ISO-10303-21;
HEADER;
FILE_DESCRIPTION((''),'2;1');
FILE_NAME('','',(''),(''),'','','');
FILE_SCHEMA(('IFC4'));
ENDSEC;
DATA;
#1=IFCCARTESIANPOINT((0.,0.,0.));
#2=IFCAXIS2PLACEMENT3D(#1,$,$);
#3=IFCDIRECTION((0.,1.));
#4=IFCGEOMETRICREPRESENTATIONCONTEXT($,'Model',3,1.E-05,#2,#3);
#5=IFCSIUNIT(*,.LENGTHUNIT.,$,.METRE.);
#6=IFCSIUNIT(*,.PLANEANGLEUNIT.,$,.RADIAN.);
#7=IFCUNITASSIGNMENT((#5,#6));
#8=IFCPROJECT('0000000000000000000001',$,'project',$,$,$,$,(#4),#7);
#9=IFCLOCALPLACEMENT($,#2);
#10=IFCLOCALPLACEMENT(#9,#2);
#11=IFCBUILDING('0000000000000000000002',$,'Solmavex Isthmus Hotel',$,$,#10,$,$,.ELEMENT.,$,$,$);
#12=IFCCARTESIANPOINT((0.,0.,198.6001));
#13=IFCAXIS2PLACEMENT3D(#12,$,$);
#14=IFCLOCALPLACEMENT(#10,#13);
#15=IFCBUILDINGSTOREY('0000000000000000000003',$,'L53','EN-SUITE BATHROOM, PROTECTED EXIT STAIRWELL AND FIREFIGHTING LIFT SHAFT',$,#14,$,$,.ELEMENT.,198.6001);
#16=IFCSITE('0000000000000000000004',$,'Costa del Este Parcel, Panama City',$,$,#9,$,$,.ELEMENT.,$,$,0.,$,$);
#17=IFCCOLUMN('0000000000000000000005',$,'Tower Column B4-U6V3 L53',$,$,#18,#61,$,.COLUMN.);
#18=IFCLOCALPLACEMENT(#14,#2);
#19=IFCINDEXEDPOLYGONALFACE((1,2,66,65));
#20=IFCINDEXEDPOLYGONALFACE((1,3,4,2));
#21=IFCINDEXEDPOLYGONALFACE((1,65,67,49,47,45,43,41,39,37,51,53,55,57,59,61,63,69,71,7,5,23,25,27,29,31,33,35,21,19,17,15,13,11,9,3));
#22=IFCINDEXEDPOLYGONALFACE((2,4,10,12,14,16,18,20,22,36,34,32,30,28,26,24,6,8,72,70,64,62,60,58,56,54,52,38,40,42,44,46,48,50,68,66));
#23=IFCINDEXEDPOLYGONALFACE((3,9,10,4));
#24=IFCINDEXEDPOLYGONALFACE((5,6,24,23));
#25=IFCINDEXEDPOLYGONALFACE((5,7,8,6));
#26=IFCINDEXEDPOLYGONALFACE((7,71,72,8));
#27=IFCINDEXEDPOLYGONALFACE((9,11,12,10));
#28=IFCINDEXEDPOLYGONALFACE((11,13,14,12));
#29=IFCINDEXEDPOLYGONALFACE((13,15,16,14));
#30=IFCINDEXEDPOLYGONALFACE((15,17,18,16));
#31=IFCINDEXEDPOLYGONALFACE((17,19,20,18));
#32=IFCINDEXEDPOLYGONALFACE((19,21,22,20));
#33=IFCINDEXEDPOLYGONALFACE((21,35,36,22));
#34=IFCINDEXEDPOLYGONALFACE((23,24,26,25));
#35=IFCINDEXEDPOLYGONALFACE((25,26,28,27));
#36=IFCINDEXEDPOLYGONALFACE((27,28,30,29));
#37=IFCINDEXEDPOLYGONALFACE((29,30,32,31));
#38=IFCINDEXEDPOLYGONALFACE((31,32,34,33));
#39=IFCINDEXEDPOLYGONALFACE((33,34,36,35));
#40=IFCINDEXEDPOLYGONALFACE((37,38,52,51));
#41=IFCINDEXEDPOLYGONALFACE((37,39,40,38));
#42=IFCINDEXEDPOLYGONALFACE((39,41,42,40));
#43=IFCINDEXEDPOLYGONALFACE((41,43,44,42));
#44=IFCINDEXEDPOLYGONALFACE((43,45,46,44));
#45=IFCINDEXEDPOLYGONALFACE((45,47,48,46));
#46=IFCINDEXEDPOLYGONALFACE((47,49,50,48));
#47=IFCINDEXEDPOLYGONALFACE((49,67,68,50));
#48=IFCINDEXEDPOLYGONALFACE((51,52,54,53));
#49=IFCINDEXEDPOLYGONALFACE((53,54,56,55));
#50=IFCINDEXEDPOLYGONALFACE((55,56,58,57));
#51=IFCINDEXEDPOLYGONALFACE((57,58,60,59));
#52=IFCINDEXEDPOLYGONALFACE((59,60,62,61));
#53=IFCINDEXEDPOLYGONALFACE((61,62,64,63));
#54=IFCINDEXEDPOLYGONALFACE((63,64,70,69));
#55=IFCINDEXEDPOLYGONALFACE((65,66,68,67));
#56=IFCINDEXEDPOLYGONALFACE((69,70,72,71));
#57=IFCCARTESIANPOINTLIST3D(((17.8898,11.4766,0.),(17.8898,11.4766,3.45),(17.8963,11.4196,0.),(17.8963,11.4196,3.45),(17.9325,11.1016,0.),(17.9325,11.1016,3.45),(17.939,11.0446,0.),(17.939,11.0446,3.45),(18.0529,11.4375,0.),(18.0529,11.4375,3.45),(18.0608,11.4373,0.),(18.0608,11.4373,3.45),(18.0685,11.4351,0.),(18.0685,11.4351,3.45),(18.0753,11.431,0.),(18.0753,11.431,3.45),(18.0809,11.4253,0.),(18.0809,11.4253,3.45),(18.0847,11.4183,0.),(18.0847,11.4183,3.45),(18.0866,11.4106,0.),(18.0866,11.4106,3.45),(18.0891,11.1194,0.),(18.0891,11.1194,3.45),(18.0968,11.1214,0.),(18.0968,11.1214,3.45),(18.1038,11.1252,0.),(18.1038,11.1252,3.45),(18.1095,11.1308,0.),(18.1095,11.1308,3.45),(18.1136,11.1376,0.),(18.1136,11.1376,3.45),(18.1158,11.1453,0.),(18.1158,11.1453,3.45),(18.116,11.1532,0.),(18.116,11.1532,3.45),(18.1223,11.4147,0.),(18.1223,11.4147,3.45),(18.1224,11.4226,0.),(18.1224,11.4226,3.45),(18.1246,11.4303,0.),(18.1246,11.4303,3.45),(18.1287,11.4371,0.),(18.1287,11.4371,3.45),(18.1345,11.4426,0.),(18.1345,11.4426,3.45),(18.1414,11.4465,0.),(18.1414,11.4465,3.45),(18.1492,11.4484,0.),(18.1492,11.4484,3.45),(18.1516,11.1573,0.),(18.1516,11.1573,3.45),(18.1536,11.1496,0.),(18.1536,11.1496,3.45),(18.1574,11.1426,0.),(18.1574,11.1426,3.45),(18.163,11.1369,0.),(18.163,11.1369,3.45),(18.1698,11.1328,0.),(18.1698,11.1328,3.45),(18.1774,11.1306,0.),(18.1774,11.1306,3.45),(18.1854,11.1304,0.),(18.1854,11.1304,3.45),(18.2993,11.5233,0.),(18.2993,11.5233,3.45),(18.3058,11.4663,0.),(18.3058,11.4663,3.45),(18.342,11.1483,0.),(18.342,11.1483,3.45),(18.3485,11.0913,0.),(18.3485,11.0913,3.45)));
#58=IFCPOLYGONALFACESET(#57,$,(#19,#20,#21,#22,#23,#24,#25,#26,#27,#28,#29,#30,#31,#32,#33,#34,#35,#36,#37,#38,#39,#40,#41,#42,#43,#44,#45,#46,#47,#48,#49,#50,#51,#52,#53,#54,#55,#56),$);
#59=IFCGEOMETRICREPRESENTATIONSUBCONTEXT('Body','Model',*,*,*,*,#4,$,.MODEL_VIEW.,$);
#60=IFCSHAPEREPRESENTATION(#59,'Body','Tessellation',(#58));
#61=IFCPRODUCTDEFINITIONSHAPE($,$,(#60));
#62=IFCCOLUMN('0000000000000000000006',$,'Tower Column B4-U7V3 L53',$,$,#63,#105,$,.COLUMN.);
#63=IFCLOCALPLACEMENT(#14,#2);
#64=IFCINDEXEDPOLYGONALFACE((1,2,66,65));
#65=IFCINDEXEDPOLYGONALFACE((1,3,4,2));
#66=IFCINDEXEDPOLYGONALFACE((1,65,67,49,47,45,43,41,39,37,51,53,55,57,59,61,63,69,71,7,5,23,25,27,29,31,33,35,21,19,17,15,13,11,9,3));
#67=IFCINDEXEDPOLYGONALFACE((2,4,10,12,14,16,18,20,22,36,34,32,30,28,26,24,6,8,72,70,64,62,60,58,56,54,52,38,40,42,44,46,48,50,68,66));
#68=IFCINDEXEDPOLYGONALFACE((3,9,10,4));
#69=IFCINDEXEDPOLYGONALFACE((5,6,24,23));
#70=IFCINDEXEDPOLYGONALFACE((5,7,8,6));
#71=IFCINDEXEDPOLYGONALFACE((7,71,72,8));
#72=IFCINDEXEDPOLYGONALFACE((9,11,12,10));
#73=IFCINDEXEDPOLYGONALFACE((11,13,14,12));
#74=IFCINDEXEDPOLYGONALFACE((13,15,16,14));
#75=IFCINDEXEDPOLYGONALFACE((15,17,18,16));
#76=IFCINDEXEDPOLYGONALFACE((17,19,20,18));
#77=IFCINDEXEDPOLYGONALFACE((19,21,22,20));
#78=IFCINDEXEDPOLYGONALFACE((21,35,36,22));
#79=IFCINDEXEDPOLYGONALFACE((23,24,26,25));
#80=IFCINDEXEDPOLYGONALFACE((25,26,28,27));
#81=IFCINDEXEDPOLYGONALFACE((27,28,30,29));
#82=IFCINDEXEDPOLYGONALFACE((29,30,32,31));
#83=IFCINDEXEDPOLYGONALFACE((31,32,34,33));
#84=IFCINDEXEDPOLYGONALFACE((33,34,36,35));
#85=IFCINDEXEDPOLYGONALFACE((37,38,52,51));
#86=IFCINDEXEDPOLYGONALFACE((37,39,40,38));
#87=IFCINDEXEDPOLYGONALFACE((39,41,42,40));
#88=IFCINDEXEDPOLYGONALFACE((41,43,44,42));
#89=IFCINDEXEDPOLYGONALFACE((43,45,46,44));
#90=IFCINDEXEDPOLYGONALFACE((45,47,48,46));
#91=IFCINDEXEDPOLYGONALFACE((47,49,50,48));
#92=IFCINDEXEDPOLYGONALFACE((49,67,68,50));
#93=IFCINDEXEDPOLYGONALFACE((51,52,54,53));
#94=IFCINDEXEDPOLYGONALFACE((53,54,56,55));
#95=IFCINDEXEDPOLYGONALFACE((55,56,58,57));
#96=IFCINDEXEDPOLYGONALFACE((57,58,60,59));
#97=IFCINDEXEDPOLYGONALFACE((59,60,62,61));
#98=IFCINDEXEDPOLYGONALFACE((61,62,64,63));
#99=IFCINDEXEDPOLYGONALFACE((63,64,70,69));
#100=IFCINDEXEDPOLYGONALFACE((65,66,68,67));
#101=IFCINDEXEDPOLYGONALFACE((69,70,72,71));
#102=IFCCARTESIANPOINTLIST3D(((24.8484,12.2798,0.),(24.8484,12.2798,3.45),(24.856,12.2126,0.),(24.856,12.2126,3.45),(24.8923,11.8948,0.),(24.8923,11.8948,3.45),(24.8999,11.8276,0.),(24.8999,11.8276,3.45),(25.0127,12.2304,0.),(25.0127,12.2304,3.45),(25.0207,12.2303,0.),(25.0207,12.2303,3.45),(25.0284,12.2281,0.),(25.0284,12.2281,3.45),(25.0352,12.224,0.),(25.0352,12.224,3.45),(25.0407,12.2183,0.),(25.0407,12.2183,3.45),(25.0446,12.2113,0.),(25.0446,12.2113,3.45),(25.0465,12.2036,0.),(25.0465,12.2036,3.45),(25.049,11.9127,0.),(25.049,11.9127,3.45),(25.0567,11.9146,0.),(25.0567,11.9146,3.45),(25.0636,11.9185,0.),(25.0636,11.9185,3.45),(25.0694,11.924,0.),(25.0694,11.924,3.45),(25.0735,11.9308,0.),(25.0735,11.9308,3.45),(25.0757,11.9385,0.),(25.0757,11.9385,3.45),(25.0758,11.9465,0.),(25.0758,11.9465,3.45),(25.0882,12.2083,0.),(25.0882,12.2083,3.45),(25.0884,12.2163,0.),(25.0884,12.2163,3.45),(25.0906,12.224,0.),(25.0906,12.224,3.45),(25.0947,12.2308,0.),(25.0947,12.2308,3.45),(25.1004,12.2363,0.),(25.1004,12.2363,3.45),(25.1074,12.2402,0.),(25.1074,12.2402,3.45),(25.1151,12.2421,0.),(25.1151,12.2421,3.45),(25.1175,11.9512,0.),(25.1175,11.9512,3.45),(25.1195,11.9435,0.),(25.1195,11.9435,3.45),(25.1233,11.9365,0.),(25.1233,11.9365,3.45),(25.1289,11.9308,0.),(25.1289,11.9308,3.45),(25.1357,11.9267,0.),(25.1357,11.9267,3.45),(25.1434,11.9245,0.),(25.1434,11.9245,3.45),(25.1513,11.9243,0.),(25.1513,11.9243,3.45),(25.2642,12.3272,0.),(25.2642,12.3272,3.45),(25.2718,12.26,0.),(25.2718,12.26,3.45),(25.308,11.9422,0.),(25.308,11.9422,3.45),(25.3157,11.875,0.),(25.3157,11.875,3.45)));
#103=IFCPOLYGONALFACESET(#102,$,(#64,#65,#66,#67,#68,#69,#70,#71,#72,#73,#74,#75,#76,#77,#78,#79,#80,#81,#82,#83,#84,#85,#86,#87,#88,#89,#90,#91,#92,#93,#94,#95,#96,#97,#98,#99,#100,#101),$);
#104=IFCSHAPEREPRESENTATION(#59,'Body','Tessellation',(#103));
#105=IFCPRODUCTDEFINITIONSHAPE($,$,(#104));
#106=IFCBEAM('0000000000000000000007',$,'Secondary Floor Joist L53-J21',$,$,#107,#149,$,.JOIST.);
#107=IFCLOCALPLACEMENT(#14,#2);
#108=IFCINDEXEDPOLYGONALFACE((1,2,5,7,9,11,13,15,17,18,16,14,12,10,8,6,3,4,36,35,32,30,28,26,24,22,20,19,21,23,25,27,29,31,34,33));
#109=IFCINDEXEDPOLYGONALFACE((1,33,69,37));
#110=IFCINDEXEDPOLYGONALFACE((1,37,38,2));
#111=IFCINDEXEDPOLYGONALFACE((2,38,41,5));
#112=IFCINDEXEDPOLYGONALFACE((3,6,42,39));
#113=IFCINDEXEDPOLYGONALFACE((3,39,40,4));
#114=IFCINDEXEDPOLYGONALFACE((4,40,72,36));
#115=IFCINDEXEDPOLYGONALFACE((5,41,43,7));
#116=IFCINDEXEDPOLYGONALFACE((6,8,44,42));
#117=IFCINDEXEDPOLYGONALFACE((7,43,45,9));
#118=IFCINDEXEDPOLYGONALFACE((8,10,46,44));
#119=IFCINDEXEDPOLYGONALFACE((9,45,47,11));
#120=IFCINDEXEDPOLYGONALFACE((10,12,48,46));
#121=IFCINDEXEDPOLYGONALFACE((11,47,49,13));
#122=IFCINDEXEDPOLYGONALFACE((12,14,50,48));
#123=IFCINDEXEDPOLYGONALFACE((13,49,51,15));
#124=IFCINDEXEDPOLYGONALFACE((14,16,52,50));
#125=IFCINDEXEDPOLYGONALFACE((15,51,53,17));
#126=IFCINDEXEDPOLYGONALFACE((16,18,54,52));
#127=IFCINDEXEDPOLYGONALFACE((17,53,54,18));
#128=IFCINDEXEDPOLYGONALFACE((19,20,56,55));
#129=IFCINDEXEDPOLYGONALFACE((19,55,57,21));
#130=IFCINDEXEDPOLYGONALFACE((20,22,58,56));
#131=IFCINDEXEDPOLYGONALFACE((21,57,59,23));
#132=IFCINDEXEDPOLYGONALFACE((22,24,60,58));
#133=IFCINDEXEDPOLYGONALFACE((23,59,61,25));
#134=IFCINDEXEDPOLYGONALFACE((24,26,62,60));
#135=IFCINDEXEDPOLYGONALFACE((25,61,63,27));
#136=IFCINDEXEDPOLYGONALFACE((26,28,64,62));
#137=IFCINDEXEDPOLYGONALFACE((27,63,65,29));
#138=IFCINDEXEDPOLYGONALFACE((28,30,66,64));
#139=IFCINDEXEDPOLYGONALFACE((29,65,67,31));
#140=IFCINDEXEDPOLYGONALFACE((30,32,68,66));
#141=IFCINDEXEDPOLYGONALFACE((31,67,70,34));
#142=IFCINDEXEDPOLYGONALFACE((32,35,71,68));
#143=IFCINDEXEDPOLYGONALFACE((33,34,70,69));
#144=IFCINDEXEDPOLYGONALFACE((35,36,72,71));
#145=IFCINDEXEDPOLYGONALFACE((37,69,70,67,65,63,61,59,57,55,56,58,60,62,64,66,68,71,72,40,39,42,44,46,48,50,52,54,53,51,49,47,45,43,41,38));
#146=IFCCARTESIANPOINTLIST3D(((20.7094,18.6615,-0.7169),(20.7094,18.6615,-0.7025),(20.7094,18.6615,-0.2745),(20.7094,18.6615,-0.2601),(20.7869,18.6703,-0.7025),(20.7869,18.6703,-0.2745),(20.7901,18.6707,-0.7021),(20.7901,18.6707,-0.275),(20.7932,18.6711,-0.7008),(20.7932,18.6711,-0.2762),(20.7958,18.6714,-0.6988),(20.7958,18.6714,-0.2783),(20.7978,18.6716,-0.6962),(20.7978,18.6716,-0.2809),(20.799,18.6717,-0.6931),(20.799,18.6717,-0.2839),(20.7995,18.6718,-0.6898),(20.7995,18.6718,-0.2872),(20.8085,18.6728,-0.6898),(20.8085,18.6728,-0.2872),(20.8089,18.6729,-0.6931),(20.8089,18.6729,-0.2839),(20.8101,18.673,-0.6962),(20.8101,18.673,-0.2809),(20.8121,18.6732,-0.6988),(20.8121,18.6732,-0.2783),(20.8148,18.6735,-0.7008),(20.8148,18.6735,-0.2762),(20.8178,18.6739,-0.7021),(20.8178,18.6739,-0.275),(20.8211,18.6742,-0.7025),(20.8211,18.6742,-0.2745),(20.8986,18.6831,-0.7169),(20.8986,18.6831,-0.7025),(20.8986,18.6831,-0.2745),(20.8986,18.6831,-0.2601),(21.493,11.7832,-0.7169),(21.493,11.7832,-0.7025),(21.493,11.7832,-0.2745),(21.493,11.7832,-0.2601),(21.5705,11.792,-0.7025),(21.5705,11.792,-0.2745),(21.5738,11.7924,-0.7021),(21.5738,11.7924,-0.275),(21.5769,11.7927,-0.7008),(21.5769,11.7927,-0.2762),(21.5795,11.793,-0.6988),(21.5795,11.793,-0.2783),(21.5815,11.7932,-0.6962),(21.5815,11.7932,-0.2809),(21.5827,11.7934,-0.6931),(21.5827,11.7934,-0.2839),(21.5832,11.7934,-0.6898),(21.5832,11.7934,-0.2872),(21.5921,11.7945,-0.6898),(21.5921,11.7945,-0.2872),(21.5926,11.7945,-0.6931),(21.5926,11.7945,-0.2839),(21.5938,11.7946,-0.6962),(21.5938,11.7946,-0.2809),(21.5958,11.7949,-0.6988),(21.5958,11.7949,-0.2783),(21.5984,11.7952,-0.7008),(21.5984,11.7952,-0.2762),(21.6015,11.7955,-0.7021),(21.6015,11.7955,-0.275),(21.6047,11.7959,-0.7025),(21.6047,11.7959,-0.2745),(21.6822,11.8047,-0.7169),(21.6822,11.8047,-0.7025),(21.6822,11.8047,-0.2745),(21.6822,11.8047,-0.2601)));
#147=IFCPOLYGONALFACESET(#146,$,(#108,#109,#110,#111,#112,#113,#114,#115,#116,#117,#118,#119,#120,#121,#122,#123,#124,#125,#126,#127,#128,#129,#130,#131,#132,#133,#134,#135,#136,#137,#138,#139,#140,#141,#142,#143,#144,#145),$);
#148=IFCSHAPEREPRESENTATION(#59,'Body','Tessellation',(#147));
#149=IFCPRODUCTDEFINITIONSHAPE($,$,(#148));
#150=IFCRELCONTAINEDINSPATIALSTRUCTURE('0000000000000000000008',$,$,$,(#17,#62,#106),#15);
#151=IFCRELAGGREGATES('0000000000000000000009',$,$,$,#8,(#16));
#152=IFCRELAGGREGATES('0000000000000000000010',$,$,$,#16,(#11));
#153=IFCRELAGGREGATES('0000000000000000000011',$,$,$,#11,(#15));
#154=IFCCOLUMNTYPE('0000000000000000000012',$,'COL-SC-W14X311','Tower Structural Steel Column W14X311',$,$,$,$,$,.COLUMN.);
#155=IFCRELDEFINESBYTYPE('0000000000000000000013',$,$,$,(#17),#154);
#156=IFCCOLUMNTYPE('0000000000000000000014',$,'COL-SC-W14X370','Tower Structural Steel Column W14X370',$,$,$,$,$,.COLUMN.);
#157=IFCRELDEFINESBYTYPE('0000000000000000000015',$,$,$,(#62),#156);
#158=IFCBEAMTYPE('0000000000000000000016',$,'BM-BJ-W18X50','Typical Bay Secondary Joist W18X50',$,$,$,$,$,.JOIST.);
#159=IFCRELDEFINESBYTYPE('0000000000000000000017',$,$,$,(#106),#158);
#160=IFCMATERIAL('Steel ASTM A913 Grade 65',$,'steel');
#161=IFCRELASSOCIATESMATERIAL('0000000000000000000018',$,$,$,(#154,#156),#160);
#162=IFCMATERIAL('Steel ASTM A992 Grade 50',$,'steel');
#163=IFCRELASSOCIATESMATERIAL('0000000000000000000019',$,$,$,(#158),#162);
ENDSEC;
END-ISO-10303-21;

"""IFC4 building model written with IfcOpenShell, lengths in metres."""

from ifc_helpers import new_model, si_unit, direction, frame, origin, origin_2d, place, context, subcontext, project, spatial, i_section, extrude, material, material_profile, profile_set, type_object, element, save


model = new_model("IFC4")

# Units and contexts
model_context = context("Model", 3, precision=1e-05, world=origin(), true_north=direction((0.0, 1.0)))
body_context = subcontext(model_context, "Body", "Model", "MODEL_VIEW")
ifc_project = project(units=[si_unit("LENGTHUNIT", "METRE"), si_unit("PLANEANGLEUNIT", "RADIAN")], contexts=[model_context])

# Site, building, storey
site_placement = place(None, origin())
site = spatial("IfcSite", under=ifc_project, at=site_placement, Name="Costa del Este Parcel, Panama City", CompositionType="ELEMENT", RefElevation=0.0)
building_placement = place(site_placement, origin())
building = spatial("IfcBuilding", under=site, at=building_placement, Name="Solmavex Isthmus Hotel", CompositionType="ELEMENT")
storey_placement = place(building_placement, frame((0.0, 0.0, 198.6001)))
storey = spatial("IfcBuildingStorey", under=building, at=storey_placement, Name="L53", Description="EN-SUITE BATHROOM, PROTECTED EXIT STAIRWELL AND FIREFIGHTING LIFT SHAFT", CompositionType="ELEMENT", Elevation=198.6001)

# Columns
ifc_material_1 = material(Name="Steel ASTM A913 Grade 65", Category="steel")
ifc_material_profile_1 = material_profile(ifc_material_1, i_section(OverallWidth=0.4121, OverallDepth=0.4348, WebThickness=0.0359, FlangeThickness=0.0574, FilletRadius=0.0305, at=origin_2d()), Name="W14X311")
ifc_profile_set_1 = profile_set([ifc_material_profile_1], Name="Steel ASTM A913 Grade 65")
column_type_1 = type_object("IfcColumnType", Name="COL-SC-W14X311", Description="Tower Structural Steel Column W14X311", PredefinedType="COLUMN", material=ifc_profile_set_1)
column_1_placement = place(storey_placement, frame((18.1191, 11.2839, 0.0), z_axis=(0.0, 0.0, 1.0), x_axis=(0.993572, 0.113203, 0.0)))
element("IfcColumn", 1, at=column_1_placement, inside=storey, type_object=column_type_1, Name="Tower Column B4-U6V3 L53", PredefinedType="COLUMN", context=body_context, shape_type="SweptSolid", body=[
    extrude(i_section(OverallWidth=0.4121, OverallDepth=0.4348, WebThickness=0.0359, FlangeThickness=0.0574, FilletRadius=0.0305, at=origin_2d()), origin(), (0.0, 0.0, 1.0), 3.45),
])
ifc_material_profile_2 = material_profile(ifc_material_1, i_section(OverallWidth=0.4185, OverallDepth=0.4551, WebThickness=0.042, FlangeThickness=0.0676, FilletRadius=0.0305, at=origin_2d()), Name="W14X370")
ifc_profile_set_2 = profile_set([ifc_material_profile_2], Name="Steel ASTM A913 Grade 65")
column_type_2 = type_object("IfcColumnType", Name="COL-SC-W14X370", Description="Tower Structural Steel Column W14X370", PredefinedType="COLUMN", material=ifc_profile_set_2)
column_2_placement = place(storey_placement, frame((25.082, 12.0774, 0.0), z_axis=(0.0, 0.0, 1.0), x_axis=(0.993572, 0.113203, 0.0)))
element("IfcColumn", 2, at=column_2_placement, inside=storey, type_object=column_type_2, Name="Tower Column B4-U7V3 L53", PredefinedType="COLUMN", context=body_context, shape_type="SweptSolid", body=[
    extrude(i_section(OverallWidth=0.4185, OverallDepth=0.4551, WebThickness=0.042, FlangeThickness=0.0676, FilletRadius=0.0305, at=origin_2d()), origin(), (0.0, 0.0, 1.0), 3.45),
])

# Beam
ifc_material_2 = material(Name="Steel ASTM A992 Grade 50", Category="steel")
ifc_material_profile_3 = material_profile(ifc_material_2, i_section(OverallWidth=0.1904, OverallDepth=0.4568, WebThickness=0.009, FlangeThickness=0.0144, FilletRadius=0.0127, at=origin_2d()), Name="W18X50")
ifc_profile_set_3 = profile_set([ifc_material_profile_3], Name="Steel ASTM A992 Grade 50")
beam_type_1 = type_object("IfcBeamType", Name="BM-BJ-W18X50", Description="Typical Bay Secondary Joist W18X50", PredefinedType="JOIST", material=ifc_profile_set_3)
beam_1_placement = place(storey_placement, frame((21.5876, 11.7939, -0.4885), z_axis=(-0.113202, 0.993572, 0.0), x_axis=(-0.993572, -0.113202, 0.0)))
element("IfcBeam", 3, at=beam_1_placement, inside=storey, type_object=beam_type_1, Name="Secondary Floor Joist L53-J21", PredefinedType="JOIST", context=body_context, shape_type="SweptSolid", body=[
    extrude(i_section(OverallWidth=0.1904, OverallDepth=0.4568, WebThickness=0.009, FlangeThickness=0.0144, FilletRadius=0.0127, at=origin_2d()), origin(), (0.0, 0.0, 1.0), 6.9229),
])

save(model, "model.ifc")
